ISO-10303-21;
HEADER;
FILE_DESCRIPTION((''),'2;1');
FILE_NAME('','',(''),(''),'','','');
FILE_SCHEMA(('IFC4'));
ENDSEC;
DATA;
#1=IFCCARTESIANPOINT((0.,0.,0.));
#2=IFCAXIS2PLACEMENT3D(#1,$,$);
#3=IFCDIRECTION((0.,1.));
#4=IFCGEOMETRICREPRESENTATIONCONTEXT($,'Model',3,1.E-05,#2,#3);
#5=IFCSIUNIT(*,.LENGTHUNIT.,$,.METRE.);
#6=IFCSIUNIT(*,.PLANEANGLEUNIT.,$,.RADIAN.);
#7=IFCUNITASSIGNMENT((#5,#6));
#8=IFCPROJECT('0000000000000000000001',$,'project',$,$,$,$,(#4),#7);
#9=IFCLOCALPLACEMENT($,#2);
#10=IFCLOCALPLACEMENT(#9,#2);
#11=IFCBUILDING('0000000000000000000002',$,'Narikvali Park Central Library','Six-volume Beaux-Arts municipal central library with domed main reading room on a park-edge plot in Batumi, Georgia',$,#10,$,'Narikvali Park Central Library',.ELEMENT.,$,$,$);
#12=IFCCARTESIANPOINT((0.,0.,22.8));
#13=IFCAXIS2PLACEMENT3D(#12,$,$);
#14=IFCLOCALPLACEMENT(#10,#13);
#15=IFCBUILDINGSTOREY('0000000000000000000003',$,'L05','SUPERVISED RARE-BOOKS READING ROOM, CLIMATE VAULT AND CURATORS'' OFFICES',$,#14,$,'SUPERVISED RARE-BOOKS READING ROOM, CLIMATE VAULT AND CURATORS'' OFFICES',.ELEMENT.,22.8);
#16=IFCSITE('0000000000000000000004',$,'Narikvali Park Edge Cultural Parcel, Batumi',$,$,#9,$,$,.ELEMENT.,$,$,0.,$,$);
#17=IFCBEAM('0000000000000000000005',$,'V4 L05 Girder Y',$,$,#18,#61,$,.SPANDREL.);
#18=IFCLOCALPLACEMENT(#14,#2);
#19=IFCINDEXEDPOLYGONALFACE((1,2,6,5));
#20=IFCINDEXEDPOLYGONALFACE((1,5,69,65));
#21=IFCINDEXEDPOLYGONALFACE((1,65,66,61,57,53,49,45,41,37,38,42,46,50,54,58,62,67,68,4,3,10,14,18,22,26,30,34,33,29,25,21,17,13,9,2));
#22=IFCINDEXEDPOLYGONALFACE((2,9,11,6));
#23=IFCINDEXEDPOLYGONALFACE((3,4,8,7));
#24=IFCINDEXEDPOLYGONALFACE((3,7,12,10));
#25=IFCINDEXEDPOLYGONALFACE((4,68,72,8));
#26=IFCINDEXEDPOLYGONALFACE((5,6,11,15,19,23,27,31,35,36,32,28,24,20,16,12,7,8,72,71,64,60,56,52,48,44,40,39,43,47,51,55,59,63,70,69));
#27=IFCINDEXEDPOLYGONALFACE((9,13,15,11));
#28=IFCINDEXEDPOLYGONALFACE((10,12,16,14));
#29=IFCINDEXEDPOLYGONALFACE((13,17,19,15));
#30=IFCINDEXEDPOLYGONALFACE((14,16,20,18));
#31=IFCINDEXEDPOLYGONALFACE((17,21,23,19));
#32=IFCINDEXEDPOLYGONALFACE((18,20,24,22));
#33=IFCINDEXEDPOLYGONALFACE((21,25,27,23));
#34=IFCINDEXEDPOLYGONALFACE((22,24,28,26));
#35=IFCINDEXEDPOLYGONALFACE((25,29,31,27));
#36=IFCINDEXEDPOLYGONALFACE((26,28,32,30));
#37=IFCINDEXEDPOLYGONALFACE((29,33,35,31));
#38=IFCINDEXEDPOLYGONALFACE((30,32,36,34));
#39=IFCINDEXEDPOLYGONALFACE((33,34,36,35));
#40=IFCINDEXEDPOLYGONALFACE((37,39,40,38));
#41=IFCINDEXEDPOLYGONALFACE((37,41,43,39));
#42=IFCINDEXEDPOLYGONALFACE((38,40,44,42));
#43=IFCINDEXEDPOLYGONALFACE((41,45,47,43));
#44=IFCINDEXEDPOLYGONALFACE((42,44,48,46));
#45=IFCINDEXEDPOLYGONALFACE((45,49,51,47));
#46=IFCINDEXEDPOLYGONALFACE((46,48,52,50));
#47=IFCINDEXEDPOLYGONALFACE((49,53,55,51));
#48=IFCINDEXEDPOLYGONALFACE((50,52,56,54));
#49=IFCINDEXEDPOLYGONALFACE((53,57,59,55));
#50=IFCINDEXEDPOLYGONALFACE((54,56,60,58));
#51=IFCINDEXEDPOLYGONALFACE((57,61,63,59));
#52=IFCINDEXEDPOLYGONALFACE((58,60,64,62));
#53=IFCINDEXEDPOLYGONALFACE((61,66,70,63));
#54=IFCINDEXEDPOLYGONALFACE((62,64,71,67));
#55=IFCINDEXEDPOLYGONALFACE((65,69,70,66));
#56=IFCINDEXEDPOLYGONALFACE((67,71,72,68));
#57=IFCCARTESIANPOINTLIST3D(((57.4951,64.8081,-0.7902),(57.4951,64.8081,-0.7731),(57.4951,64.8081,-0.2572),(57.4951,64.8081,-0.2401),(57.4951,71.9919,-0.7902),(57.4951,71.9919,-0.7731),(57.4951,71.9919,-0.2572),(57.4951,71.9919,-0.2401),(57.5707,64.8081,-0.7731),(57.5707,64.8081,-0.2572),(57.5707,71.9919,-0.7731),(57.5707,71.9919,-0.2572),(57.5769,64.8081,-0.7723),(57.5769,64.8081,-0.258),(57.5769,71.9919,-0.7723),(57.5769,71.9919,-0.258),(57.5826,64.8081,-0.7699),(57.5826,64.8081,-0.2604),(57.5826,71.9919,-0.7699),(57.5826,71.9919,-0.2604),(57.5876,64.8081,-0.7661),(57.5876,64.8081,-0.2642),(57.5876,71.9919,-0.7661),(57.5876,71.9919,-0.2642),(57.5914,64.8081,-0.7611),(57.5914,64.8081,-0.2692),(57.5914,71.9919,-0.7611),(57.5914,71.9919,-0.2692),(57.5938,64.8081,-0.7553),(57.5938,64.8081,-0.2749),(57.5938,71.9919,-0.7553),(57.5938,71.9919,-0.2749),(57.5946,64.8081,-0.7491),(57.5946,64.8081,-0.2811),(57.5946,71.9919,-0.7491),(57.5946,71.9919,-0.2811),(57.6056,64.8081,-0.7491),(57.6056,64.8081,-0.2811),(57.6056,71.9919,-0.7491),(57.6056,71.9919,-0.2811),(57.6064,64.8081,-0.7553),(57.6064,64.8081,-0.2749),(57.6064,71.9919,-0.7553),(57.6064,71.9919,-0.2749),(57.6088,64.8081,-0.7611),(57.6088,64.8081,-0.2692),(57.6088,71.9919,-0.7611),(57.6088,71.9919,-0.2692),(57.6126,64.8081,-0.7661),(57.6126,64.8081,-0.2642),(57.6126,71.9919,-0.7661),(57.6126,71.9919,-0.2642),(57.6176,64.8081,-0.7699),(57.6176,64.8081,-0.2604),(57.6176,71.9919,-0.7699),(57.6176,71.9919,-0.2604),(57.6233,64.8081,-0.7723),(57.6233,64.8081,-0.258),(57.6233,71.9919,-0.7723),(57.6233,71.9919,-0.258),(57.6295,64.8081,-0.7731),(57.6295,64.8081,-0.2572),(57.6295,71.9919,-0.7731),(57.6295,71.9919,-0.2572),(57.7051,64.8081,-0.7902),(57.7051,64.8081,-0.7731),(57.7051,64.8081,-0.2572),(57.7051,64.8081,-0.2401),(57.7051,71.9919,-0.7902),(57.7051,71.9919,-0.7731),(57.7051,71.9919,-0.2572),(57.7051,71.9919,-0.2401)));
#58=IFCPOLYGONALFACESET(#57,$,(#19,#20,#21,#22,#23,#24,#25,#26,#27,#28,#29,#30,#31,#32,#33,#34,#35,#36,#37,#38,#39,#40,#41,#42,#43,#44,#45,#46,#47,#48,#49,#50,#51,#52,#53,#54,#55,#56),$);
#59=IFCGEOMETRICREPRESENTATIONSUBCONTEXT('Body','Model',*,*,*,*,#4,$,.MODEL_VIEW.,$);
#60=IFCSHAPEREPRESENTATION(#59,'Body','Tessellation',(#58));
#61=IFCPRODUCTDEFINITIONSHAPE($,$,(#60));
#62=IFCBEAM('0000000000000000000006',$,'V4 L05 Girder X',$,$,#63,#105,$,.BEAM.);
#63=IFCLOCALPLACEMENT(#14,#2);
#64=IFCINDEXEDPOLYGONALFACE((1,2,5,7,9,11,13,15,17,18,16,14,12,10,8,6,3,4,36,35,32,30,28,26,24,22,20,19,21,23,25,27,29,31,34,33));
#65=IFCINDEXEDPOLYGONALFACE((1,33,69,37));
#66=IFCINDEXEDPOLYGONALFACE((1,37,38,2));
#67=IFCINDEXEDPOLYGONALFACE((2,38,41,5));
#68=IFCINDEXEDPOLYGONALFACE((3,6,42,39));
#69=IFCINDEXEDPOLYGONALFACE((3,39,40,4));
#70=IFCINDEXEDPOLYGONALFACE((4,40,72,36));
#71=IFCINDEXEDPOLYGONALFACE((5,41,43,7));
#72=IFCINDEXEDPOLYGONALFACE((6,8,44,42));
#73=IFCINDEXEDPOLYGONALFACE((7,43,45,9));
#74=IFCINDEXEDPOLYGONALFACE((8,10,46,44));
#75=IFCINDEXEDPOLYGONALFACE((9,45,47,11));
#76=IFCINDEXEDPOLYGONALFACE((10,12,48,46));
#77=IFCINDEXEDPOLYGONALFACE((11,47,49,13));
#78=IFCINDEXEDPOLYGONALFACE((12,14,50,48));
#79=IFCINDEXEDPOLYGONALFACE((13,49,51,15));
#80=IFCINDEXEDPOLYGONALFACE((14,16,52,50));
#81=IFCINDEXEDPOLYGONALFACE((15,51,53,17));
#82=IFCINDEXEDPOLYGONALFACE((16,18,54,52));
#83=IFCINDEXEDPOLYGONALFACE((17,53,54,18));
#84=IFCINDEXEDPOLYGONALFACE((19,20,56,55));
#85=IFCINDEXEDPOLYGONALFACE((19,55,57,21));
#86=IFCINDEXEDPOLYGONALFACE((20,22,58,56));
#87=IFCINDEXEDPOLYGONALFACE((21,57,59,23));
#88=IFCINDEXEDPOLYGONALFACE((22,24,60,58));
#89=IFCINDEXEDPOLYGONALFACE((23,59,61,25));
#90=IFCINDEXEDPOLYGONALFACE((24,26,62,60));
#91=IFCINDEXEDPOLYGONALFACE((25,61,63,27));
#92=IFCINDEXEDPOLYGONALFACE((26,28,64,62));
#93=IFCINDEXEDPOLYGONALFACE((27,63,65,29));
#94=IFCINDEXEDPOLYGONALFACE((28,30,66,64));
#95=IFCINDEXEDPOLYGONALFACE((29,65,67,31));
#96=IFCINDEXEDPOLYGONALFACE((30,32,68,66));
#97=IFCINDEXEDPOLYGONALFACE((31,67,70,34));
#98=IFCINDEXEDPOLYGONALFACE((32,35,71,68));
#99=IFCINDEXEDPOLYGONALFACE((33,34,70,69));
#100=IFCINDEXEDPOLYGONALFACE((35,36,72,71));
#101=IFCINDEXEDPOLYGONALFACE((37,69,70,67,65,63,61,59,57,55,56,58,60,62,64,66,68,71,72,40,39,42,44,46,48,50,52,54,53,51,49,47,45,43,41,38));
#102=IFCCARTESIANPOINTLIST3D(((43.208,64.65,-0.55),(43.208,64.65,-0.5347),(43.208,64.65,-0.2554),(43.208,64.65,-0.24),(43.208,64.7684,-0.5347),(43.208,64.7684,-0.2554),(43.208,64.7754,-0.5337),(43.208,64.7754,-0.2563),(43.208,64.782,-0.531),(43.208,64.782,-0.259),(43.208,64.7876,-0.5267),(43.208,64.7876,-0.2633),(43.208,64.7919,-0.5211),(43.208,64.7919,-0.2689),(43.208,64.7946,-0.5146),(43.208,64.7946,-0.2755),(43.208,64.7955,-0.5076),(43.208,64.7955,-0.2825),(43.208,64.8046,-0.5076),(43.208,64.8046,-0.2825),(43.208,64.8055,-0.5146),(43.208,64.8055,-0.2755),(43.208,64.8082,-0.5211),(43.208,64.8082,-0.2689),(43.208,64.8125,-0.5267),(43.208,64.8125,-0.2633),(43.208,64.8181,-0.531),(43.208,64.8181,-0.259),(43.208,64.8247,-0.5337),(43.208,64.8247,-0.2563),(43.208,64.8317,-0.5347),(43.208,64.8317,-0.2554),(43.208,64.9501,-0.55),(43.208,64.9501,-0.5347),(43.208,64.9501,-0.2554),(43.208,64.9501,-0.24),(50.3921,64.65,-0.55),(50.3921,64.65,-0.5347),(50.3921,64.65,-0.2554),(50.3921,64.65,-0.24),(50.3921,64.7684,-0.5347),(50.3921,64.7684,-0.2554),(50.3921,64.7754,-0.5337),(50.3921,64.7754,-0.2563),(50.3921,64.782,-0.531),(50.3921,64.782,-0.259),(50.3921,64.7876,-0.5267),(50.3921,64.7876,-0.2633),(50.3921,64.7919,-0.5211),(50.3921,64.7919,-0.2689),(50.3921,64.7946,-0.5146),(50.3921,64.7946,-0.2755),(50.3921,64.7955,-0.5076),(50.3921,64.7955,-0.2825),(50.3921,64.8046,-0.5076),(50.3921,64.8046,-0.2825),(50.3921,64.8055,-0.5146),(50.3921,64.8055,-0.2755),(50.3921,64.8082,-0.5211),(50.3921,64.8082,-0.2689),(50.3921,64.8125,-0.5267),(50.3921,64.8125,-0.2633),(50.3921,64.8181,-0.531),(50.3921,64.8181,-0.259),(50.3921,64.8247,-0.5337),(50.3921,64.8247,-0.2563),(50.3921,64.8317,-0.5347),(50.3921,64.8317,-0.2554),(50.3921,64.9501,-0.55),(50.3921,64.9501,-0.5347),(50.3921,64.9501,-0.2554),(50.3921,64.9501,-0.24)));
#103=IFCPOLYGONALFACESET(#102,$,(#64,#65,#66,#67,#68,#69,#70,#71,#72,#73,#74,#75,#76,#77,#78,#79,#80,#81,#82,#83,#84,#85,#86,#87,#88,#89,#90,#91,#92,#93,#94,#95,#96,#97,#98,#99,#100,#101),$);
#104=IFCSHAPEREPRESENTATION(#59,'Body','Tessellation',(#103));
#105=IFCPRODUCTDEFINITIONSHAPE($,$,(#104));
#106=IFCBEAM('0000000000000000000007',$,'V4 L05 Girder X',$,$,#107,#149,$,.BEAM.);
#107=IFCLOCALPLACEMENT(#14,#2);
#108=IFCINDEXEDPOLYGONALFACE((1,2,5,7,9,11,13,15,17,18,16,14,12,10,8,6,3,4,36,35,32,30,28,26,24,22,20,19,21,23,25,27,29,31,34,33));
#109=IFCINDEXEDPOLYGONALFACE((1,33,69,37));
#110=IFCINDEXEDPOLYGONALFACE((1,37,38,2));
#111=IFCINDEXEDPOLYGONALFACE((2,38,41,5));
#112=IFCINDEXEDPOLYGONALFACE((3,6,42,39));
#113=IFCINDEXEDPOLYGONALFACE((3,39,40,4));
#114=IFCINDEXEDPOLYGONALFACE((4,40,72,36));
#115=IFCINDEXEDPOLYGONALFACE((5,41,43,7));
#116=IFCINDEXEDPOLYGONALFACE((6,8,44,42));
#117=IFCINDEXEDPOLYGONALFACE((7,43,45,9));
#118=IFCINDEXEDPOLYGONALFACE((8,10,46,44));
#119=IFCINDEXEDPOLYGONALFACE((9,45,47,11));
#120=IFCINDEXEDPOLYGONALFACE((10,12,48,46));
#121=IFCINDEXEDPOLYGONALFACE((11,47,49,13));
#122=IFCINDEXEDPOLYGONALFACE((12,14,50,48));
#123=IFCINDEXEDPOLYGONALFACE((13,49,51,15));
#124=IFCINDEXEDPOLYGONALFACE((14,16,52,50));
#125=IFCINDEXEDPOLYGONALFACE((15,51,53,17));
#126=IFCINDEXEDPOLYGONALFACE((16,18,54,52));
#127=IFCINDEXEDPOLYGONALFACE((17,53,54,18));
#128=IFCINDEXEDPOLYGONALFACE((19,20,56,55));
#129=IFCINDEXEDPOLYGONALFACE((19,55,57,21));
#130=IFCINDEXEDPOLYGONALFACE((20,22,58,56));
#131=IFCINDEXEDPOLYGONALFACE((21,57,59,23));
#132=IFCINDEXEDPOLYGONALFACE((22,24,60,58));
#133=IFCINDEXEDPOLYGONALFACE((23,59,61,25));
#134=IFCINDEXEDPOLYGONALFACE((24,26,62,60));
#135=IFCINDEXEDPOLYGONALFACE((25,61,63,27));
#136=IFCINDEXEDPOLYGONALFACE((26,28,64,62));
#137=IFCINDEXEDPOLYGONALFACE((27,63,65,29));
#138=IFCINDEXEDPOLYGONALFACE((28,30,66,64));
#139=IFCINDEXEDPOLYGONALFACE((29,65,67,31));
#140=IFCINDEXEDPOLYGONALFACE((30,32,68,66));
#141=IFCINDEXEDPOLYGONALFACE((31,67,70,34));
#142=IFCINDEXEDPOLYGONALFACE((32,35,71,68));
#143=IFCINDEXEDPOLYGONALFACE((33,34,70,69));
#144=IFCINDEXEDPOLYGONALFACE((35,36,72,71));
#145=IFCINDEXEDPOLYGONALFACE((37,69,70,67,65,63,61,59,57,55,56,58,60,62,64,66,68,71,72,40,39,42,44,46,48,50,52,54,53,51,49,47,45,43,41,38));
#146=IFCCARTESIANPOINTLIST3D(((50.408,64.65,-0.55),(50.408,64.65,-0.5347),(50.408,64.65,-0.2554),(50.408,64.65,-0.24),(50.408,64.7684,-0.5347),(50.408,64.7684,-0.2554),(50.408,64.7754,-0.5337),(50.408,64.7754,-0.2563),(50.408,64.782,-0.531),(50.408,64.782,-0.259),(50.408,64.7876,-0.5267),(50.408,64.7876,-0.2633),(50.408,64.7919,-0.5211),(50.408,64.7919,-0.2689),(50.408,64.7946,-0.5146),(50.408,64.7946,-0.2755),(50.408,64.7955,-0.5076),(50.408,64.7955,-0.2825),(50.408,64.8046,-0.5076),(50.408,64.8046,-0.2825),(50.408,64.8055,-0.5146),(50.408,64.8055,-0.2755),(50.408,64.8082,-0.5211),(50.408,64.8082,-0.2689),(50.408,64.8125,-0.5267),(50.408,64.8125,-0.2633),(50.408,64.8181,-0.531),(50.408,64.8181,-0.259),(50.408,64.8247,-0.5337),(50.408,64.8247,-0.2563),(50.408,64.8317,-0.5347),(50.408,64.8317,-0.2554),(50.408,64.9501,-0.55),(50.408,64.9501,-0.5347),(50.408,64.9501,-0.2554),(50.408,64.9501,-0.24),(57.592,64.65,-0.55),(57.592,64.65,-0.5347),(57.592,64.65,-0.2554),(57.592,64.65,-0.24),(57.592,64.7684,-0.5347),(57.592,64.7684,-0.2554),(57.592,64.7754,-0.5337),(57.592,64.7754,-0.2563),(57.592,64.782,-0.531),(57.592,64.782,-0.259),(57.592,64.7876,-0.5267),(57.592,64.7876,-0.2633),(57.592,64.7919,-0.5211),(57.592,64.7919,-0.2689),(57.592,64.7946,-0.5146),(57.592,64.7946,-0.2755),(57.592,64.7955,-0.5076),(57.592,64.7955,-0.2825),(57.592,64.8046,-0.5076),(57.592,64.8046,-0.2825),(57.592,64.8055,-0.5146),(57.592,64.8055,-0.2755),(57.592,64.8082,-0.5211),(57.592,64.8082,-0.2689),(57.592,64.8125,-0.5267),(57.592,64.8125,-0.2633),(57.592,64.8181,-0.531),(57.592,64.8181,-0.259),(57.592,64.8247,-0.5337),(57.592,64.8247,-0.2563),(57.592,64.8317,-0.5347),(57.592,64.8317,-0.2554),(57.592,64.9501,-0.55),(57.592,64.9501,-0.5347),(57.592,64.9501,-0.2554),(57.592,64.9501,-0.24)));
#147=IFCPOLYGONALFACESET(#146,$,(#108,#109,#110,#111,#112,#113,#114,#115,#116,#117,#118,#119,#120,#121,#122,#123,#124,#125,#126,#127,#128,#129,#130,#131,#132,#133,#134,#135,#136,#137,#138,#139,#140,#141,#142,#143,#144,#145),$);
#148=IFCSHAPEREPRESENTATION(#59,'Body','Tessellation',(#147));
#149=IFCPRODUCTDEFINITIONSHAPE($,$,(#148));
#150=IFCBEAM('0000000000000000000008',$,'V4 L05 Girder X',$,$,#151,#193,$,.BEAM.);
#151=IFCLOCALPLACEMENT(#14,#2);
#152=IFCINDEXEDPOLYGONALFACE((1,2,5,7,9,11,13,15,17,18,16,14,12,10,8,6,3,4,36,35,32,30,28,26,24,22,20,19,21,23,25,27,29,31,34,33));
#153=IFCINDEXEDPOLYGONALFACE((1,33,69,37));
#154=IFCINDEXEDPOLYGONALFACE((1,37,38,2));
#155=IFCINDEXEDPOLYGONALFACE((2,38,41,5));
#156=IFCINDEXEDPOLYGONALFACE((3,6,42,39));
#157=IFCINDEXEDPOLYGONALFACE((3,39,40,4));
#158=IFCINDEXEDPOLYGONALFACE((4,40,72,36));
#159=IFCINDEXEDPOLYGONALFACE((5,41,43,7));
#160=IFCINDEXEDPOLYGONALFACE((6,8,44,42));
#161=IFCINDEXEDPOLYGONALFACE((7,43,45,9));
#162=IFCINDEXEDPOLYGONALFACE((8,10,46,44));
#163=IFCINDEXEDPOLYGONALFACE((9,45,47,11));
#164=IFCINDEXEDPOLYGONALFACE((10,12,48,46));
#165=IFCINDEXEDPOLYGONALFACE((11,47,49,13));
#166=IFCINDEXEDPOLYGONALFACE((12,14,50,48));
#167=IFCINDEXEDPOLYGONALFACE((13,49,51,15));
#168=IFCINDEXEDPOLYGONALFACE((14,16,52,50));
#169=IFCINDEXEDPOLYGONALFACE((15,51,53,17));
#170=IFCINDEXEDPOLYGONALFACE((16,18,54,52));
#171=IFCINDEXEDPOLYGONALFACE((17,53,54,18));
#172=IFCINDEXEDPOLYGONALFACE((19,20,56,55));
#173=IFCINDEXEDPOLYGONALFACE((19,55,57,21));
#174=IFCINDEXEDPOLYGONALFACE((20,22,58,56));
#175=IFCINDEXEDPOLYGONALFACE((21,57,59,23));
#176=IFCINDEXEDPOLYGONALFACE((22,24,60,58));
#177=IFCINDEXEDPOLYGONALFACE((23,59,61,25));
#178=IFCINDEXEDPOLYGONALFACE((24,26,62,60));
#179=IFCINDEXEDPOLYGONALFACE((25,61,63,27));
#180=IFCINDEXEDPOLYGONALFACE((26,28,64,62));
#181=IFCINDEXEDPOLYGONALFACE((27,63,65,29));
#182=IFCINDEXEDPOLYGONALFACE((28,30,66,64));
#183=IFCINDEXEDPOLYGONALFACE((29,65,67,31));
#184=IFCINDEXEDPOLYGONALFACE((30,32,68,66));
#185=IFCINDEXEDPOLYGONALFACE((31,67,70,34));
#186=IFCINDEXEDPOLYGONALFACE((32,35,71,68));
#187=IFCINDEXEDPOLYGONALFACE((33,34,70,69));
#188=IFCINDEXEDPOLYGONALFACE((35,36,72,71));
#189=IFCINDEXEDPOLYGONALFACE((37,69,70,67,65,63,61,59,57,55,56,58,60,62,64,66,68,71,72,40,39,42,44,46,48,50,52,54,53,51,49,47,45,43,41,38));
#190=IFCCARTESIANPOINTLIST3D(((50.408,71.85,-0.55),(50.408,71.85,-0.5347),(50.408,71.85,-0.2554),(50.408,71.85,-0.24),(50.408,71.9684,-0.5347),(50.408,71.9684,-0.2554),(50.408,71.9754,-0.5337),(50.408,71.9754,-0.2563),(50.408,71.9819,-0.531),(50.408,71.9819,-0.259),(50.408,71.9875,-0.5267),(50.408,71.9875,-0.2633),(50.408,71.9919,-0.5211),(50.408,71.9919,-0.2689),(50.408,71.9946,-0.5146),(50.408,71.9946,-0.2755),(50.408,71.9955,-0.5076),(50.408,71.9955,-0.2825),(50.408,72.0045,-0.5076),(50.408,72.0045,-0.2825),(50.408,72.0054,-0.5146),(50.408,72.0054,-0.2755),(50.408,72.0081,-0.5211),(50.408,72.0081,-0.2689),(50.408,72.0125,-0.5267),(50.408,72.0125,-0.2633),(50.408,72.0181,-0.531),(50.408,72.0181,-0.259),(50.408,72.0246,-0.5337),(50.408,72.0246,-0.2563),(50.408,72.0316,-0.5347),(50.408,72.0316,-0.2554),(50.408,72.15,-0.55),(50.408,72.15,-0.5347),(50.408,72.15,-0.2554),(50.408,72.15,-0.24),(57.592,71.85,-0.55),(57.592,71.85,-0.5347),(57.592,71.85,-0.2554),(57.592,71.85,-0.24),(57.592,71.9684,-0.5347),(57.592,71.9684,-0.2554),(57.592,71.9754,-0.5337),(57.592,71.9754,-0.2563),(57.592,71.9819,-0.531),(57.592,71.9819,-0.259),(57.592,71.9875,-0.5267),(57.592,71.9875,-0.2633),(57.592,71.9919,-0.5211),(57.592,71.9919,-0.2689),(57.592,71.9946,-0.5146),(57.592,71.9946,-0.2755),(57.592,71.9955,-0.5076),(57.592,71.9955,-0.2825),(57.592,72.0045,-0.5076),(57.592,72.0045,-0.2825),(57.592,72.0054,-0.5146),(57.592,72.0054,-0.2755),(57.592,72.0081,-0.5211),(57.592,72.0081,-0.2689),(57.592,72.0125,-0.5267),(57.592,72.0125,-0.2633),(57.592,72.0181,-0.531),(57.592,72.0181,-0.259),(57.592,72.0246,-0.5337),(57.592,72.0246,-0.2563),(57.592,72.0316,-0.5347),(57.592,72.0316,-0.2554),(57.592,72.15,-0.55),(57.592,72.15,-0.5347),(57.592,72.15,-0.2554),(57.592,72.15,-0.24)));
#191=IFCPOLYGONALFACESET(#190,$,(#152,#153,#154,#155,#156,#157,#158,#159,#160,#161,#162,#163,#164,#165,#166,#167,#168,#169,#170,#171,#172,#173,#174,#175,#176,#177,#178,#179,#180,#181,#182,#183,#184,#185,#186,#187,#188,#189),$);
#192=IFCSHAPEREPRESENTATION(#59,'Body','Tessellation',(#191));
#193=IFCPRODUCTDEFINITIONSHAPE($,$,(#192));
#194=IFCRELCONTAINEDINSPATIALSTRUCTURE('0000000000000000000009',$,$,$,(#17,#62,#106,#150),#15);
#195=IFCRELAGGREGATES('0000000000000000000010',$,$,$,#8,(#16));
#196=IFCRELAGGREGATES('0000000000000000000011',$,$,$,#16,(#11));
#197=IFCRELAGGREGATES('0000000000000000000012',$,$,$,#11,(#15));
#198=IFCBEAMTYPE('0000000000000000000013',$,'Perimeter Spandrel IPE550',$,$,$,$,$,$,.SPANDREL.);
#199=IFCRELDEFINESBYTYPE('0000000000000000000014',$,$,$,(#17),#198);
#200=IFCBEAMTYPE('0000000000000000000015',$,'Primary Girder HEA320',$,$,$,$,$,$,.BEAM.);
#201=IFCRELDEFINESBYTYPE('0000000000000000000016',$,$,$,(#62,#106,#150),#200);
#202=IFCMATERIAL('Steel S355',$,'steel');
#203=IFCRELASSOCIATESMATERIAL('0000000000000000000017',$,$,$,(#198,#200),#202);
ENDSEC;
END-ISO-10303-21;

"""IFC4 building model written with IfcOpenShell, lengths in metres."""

from ifc_helpers import new_model, si_unit, direction, frame, origin, origin_2d, place, context, subcontext, project, spatial, i_section, extrude, material, material_profile, profile_set, type_object, element, save


model = new_model("IFC4")

# Units and contexts
model_context = context("Model", 3, precision=1e-05, world=origin(), true_north=direction((0.0, 1.0)))
body_context = subcontext(model_context, "Body", "Model", "MODEL_VIEW")
ifc_project = project(units=[si_unit("LENGTHUNIT", "METRE"), si_unit("PLANEANGLEUNIT", "RADIAN")], contexts=[model_context])

# Site, building, storey
site_placement = place(None, origin())
site = spatial("IfcSite", under=ifc_project, at=site_placement, Name="Narikvali Park Edge Cultural Parcel, Batumi", CompositionType="ELEMENT", RefElevation=0.0)
building_placement = place(site_placement, origin())
building = spatial("IfcBuilding", under=site, at=building_placement, Name="Narikvali Park Central Library", Description="Six-volume Beaux-Arts municipal central library with domed main reading room on a park-edge plot in Batumi, Georgia", LongName="Narikvali Park Central Library", CompositionType="ELEMENT")
storey_placement = place(building_placement, frame((0.0, 0.0, 22.8)))
storey = spatial("IfcBuildingStorey", under=building, at=storey_placement, Name="L05", Description="SUPERVISED RARE-BOOKS READING ROOM, CLIMATE VAULT AND CURATORS' OFFICES", LongName="SUPERVISED RARE-BOOKS READING ROOM, CLIMATE VAULT AND CURATORS' OFFICES", CompositionType="ELEMENT", Elevation=22.8)

# Shared definitions
ifc_material_1 = material(Name="Steel S355", Category="steel")

# Beams
ifc_material_profile_1 = material_profile(ifc_material_1, i_section(OverallWidth=0.21, OverallDepth=0.55, WebThickness=0.011, FlangeThickness=0.0171, FilletRadius=0.0239, at=origin_2d()), Name="IPE 550")
ifc_profile_set_1 = profile_set([ifc_material_profile_1], Name="Steel S355")
beam_type_1 = type_object("IfcBeamType", Name="Perimeter Spandrel IPE550", PredefinedType="SPANDREL", material=ifc_profile_set_1)
beam_1_placement = place(storey_placement, frame((57.6001, 64.8081, -0.5151), z_axis=(0.0, 1.0, 0.0), x_axis=(-1.0, 0.0, 0.0)))
element("IfcBeam", 1, at=beam_1_placement, inside=storey, type_object=beam_type_1, Name="V4 L05 Girder Y", PredefinedType="SPANDREL", context=body_context, shape_type="SweptSolid", body=[
    extrude(i_section(OverallWidth=0.21, OverallDepth=0.55, WebThickness=0.011, FlangeThickness=0.0171, FilletRadius=0.0239, at=origin_2d()), origin(), (0.0, 0.0, 1.0), 7.1838),
])
ifc_material_profile_2 = material_profile(ifc_material_1, i_section(OverallWidth=0.3, OverallDepth=0.3101, WebThickness=0.009, FlangeThickness=0.0154, FilletRadius=0.0271, at=origin_2d()), Name="HEA 320")
ifc_profile_set_2 = profile_set([ifc_material_profile_2], Name="Steel S355")
beam_type_2 = type_object("IfcBeamType", Name="Primary Girder HEA320", PredefinedType="BEAM", material=ifc_profile_set_2)
for number, where, z_axis, x_axis, name in (
    (2, (43.208, 64.8, -0.395), (1.0, 0.0, 0.0), (0.0, 1.0, 0.0), "V4 L05 Girder X"),
    (3, (50.408, 64.8, -0.395), (1.0, 0.0, 0.0), (0.0, 1.0, 0.0), "V4 L05 Girder X"),
    (4, (50.408, 72.0, -0.395), (1.0, 0.0, 0.0), (0.0, 1.0, 0.0), "V4 L05 Girder X"),
):
    element("IfcBeam", number, at=place(storey_placement, frame(where, z_axis=z_axis, x_axis=x_axis)), inside=storey, type_object=beam_type_2, Name=name, PredefinedType="BEAM", context=body_context, shape_type="SweptSolid", body=[
        extrude(i_section(OverallWidth=0.3, OverallDepth=0.3101, WebThickness=0.009, FlangeThickness=0.0154, FilletRadius=0.0271, at=origin_2d()), origin(), (0.0, 0.0, 1.0), 7.1841),
    ])

save(model, "model.ifc")
